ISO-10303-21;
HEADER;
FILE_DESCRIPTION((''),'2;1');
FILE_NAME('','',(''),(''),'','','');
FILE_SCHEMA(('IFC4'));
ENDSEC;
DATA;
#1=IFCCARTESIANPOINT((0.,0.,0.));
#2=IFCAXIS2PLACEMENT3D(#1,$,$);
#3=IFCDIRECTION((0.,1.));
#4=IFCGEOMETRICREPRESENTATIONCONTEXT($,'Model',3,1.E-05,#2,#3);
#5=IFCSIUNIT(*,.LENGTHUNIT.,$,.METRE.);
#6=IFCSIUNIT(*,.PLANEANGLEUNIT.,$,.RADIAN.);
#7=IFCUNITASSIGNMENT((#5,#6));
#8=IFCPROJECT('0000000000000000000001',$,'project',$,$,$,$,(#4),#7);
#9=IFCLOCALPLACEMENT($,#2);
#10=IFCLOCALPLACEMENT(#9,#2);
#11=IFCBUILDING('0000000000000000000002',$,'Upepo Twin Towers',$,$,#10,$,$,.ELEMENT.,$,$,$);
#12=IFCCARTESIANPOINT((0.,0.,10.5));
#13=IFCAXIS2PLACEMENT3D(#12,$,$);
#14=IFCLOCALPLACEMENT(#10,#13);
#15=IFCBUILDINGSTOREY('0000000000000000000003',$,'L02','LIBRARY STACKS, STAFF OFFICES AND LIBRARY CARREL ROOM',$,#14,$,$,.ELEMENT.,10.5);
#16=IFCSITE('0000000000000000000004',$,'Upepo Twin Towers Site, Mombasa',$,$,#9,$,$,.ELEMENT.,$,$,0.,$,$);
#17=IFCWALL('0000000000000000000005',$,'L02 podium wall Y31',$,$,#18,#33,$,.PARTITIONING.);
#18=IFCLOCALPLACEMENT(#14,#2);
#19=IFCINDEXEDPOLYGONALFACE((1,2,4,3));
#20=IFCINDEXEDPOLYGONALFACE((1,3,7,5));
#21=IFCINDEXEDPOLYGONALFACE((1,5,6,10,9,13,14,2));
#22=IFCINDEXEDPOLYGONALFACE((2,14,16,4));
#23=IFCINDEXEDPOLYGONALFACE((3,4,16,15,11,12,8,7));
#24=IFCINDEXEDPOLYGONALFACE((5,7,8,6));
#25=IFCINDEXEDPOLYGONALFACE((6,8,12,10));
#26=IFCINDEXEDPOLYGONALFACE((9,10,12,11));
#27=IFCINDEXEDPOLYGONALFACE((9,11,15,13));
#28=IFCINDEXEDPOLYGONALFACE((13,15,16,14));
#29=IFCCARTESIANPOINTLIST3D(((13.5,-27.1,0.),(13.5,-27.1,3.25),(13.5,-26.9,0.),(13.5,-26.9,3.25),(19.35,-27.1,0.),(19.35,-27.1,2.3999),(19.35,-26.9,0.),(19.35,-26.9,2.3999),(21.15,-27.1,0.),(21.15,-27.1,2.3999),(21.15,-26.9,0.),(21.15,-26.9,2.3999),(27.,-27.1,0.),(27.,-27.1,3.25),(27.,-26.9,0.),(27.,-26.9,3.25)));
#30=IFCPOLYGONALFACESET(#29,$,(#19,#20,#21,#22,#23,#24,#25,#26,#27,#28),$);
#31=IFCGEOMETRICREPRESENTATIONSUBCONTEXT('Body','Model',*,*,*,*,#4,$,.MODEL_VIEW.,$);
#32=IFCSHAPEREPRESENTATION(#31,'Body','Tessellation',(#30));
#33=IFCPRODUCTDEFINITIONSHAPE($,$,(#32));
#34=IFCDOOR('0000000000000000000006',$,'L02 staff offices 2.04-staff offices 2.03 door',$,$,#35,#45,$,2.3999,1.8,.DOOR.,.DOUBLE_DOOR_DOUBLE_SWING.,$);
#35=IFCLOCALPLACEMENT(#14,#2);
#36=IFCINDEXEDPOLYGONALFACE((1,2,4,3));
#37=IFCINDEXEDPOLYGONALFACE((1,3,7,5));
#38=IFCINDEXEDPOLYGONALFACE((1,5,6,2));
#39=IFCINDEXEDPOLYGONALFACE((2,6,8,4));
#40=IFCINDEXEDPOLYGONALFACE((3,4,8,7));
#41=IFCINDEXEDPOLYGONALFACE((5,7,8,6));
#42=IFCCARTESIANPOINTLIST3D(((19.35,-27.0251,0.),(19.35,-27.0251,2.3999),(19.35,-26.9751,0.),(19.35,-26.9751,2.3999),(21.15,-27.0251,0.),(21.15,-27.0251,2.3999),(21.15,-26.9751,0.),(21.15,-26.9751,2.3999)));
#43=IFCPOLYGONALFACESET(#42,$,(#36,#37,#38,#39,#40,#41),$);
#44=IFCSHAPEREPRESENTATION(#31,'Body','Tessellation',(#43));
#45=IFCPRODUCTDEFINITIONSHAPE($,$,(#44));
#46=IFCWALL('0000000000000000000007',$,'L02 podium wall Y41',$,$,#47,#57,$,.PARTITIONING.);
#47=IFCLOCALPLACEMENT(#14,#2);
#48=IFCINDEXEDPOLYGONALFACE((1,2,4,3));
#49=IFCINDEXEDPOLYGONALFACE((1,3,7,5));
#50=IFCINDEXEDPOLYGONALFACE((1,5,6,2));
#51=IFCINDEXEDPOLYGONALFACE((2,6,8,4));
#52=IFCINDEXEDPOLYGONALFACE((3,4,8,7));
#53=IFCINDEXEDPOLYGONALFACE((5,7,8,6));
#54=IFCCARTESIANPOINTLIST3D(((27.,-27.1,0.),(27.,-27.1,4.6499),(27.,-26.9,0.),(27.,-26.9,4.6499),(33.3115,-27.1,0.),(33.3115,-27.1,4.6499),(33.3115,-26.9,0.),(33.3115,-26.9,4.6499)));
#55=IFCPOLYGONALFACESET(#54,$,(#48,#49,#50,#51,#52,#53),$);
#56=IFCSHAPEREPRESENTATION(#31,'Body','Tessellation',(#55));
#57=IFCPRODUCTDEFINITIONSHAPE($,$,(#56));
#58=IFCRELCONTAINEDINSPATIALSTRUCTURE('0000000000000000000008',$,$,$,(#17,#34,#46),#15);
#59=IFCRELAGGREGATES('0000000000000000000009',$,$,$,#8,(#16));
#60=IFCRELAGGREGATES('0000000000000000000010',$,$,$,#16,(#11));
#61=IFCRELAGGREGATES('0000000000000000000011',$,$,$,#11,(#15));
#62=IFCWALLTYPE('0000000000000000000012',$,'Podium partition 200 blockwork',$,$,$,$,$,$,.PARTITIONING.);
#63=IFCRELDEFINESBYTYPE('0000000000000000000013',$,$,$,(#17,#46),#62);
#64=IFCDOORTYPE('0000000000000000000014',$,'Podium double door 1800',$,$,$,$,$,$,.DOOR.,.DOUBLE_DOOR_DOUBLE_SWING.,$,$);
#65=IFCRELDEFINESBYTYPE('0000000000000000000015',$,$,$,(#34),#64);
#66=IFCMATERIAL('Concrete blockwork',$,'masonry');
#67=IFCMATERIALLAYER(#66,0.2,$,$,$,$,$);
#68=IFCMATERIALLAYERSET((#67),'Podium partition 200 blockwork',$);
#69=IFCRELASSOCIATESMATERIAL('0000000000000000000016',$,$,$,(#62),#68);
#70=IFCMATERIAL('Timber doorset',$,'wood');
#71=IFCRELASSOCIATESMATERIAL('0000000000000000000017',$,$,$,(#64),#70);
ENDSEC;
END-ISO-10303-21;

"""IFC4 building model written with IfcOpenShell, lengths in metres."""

from ifc_helpers import new_model, si_unit, direction, frame, frame_2d, origin, place, context, subcontext, project, spatial, rectangle, extrude, material, layer, layer_set, type_object, element, fill, save


model = new_model("IFC4")

# Units and contexts
model_context = context("Model", 3, precision=1e-05, world=origin(), true_north=direction((0.0, 1.0)))
body_context = subcontext(model_context, "Body", "Model", "MODEL_VIEW")
ifc_project = project(units=[si_unit("LENGTHUNIT", "METRE"), si_unit("PLANEANGLEUNIT", "RADIAN")], contexts=[model_context])

# Site, building, storey
site_placement = place(None, origin())
site = spatial("IfcSite", under=ifc_project, at=site_placement, Name="Upepo Twin Towers Site, Mombasa", CompositionType="ELEMENT", RefElevation=0.0)
building_placement = place(site_placement, origin())
building = spatial("IfcBuilding", under=site, at=building_placement, Name="Upepo Twin Towers", CompositionType="ELEMENT")
storey_placement = place(building_placement, frame((0.0, 0.0, 10.5)))
storey = spatial("IfcBuildingStorey", under=building, at=storey_placement, Name="L02", Description="LIBRARY STACKS, STAFF OFFICES AND LIBRARY CARREL ROOM", CompositionType="ELEMENT", Elevation=10.5)

# Shared definitions
ifc_material_1 = material(Name="Concrete blockwork", Category="masonry")
ifc_layer_1 = layer(ifc_material_1, 0.2)
ifc_layer_set_1 = layer_set([ifc_layer_1], Name="Podium partition 200 blockwork")
wall_type = type_object("IfcWallType", Name="Podium partition 200 blockwork", PredefinedType="PARTITIONING", material=ifc_layer_set_1)
ifc_material_2 = material(Name="Timber doorset", Category="wood")
door_type = type_object("IfcDoorType", Name="Podium double door 1800", OperationType="DOUBLE_DOOR_DOUBLE_SWING", PredefinedType="DOOR", material=ifc_material_2)

# Wall, opening, door
wall_1_placement = place(storey_placement, frame((13.5, -27.0, 0.0), z_axis=(0.0, 0.0, 1.0), x_axis=(1.0, 0.0, 0.0)))
wall_1 = element("IfcWall", 1, at=wall_1_placement, inside=storey, type_object=wall_type, Name="L02 podium wall Y31", PredefinedType="PARTITIONING", context=body_context, shape_type="SweptSolid", body=[
    extrude(rectangle(XDim=13.5, YDim=0.2, at=frame_2d((6.75, 0.0))), origin(), (0.0, 0.0, 1.0), 3.25),
])
opening_1_placement = place(wall_1_placement, frame((5.8501, 0.0, 0.0)))
opening_1 = element("IfcOpeningElement", 2, at=opening_1_placement, cuts=wall_1, PredefinedType="OPENING", context=body_context, shape_type="SweptSolid", body=[
    extrude(rectangle(XDim=1.8, YDim=2.3999, at=frame_2d((0.8999, 1.2))), frame((0.0, 0.1099, 0.0), z_axis=(0.0, -1.0, 0.0), x_axis=(1.0, 0.0, 0.0)), (0.0, 0.0, 1.0), 0.22),
])
door_1_placement = place(opening_1_placement, origin())
door_1 = element("IfcDoor", 3, at=door_1_placement, inside=storey, type_object=door_type, Name="L02 staff offices 2.04-staff offices 2.03 door", OperationType="DOUBLE_DOOR_DOUBLE_SWING", OverallHeight=2.3999, OverallWidth=1.8, PredefinedType="DOOR", context=body_context, shape_type="SweptSolid", body=[
    extrude(rectangle(XDim=1.8, YDim=2.3999, at=frame_2d((0.8999, 1.2))), frame((0.0, 0.0249, 0.0), z_axis=(0.0, -1.0, 0.0), x_axis=(1.0, 0.0, 0.0)), (0.0, 0.0, 1.0), 0.05),
])
fill(opening_1, door_1)

# Wall
wall_2_placement = place(storey_placement, frame((27.0, -27.0, 0.0), z_axis=(0.0, 0.0, 1.0), x_axis=(1.0, 0.0, 0.0)))
element("IfcWall", 4, at=wall_2_placement, inside=storey, type_object=wall_type, Name="L02 podium wall Y41", PredefinedType="PARTITIONING", context=body_context, shape_type="SweptSolid", body=[
    extrude(rectangle(XDim=6.3115, YDim=0.2, at=frame_2d((3.1558, 0.0))), origin(), (0.0, 0.0, 1.0), 4.6499),
])

save(model, "model.ifc")
